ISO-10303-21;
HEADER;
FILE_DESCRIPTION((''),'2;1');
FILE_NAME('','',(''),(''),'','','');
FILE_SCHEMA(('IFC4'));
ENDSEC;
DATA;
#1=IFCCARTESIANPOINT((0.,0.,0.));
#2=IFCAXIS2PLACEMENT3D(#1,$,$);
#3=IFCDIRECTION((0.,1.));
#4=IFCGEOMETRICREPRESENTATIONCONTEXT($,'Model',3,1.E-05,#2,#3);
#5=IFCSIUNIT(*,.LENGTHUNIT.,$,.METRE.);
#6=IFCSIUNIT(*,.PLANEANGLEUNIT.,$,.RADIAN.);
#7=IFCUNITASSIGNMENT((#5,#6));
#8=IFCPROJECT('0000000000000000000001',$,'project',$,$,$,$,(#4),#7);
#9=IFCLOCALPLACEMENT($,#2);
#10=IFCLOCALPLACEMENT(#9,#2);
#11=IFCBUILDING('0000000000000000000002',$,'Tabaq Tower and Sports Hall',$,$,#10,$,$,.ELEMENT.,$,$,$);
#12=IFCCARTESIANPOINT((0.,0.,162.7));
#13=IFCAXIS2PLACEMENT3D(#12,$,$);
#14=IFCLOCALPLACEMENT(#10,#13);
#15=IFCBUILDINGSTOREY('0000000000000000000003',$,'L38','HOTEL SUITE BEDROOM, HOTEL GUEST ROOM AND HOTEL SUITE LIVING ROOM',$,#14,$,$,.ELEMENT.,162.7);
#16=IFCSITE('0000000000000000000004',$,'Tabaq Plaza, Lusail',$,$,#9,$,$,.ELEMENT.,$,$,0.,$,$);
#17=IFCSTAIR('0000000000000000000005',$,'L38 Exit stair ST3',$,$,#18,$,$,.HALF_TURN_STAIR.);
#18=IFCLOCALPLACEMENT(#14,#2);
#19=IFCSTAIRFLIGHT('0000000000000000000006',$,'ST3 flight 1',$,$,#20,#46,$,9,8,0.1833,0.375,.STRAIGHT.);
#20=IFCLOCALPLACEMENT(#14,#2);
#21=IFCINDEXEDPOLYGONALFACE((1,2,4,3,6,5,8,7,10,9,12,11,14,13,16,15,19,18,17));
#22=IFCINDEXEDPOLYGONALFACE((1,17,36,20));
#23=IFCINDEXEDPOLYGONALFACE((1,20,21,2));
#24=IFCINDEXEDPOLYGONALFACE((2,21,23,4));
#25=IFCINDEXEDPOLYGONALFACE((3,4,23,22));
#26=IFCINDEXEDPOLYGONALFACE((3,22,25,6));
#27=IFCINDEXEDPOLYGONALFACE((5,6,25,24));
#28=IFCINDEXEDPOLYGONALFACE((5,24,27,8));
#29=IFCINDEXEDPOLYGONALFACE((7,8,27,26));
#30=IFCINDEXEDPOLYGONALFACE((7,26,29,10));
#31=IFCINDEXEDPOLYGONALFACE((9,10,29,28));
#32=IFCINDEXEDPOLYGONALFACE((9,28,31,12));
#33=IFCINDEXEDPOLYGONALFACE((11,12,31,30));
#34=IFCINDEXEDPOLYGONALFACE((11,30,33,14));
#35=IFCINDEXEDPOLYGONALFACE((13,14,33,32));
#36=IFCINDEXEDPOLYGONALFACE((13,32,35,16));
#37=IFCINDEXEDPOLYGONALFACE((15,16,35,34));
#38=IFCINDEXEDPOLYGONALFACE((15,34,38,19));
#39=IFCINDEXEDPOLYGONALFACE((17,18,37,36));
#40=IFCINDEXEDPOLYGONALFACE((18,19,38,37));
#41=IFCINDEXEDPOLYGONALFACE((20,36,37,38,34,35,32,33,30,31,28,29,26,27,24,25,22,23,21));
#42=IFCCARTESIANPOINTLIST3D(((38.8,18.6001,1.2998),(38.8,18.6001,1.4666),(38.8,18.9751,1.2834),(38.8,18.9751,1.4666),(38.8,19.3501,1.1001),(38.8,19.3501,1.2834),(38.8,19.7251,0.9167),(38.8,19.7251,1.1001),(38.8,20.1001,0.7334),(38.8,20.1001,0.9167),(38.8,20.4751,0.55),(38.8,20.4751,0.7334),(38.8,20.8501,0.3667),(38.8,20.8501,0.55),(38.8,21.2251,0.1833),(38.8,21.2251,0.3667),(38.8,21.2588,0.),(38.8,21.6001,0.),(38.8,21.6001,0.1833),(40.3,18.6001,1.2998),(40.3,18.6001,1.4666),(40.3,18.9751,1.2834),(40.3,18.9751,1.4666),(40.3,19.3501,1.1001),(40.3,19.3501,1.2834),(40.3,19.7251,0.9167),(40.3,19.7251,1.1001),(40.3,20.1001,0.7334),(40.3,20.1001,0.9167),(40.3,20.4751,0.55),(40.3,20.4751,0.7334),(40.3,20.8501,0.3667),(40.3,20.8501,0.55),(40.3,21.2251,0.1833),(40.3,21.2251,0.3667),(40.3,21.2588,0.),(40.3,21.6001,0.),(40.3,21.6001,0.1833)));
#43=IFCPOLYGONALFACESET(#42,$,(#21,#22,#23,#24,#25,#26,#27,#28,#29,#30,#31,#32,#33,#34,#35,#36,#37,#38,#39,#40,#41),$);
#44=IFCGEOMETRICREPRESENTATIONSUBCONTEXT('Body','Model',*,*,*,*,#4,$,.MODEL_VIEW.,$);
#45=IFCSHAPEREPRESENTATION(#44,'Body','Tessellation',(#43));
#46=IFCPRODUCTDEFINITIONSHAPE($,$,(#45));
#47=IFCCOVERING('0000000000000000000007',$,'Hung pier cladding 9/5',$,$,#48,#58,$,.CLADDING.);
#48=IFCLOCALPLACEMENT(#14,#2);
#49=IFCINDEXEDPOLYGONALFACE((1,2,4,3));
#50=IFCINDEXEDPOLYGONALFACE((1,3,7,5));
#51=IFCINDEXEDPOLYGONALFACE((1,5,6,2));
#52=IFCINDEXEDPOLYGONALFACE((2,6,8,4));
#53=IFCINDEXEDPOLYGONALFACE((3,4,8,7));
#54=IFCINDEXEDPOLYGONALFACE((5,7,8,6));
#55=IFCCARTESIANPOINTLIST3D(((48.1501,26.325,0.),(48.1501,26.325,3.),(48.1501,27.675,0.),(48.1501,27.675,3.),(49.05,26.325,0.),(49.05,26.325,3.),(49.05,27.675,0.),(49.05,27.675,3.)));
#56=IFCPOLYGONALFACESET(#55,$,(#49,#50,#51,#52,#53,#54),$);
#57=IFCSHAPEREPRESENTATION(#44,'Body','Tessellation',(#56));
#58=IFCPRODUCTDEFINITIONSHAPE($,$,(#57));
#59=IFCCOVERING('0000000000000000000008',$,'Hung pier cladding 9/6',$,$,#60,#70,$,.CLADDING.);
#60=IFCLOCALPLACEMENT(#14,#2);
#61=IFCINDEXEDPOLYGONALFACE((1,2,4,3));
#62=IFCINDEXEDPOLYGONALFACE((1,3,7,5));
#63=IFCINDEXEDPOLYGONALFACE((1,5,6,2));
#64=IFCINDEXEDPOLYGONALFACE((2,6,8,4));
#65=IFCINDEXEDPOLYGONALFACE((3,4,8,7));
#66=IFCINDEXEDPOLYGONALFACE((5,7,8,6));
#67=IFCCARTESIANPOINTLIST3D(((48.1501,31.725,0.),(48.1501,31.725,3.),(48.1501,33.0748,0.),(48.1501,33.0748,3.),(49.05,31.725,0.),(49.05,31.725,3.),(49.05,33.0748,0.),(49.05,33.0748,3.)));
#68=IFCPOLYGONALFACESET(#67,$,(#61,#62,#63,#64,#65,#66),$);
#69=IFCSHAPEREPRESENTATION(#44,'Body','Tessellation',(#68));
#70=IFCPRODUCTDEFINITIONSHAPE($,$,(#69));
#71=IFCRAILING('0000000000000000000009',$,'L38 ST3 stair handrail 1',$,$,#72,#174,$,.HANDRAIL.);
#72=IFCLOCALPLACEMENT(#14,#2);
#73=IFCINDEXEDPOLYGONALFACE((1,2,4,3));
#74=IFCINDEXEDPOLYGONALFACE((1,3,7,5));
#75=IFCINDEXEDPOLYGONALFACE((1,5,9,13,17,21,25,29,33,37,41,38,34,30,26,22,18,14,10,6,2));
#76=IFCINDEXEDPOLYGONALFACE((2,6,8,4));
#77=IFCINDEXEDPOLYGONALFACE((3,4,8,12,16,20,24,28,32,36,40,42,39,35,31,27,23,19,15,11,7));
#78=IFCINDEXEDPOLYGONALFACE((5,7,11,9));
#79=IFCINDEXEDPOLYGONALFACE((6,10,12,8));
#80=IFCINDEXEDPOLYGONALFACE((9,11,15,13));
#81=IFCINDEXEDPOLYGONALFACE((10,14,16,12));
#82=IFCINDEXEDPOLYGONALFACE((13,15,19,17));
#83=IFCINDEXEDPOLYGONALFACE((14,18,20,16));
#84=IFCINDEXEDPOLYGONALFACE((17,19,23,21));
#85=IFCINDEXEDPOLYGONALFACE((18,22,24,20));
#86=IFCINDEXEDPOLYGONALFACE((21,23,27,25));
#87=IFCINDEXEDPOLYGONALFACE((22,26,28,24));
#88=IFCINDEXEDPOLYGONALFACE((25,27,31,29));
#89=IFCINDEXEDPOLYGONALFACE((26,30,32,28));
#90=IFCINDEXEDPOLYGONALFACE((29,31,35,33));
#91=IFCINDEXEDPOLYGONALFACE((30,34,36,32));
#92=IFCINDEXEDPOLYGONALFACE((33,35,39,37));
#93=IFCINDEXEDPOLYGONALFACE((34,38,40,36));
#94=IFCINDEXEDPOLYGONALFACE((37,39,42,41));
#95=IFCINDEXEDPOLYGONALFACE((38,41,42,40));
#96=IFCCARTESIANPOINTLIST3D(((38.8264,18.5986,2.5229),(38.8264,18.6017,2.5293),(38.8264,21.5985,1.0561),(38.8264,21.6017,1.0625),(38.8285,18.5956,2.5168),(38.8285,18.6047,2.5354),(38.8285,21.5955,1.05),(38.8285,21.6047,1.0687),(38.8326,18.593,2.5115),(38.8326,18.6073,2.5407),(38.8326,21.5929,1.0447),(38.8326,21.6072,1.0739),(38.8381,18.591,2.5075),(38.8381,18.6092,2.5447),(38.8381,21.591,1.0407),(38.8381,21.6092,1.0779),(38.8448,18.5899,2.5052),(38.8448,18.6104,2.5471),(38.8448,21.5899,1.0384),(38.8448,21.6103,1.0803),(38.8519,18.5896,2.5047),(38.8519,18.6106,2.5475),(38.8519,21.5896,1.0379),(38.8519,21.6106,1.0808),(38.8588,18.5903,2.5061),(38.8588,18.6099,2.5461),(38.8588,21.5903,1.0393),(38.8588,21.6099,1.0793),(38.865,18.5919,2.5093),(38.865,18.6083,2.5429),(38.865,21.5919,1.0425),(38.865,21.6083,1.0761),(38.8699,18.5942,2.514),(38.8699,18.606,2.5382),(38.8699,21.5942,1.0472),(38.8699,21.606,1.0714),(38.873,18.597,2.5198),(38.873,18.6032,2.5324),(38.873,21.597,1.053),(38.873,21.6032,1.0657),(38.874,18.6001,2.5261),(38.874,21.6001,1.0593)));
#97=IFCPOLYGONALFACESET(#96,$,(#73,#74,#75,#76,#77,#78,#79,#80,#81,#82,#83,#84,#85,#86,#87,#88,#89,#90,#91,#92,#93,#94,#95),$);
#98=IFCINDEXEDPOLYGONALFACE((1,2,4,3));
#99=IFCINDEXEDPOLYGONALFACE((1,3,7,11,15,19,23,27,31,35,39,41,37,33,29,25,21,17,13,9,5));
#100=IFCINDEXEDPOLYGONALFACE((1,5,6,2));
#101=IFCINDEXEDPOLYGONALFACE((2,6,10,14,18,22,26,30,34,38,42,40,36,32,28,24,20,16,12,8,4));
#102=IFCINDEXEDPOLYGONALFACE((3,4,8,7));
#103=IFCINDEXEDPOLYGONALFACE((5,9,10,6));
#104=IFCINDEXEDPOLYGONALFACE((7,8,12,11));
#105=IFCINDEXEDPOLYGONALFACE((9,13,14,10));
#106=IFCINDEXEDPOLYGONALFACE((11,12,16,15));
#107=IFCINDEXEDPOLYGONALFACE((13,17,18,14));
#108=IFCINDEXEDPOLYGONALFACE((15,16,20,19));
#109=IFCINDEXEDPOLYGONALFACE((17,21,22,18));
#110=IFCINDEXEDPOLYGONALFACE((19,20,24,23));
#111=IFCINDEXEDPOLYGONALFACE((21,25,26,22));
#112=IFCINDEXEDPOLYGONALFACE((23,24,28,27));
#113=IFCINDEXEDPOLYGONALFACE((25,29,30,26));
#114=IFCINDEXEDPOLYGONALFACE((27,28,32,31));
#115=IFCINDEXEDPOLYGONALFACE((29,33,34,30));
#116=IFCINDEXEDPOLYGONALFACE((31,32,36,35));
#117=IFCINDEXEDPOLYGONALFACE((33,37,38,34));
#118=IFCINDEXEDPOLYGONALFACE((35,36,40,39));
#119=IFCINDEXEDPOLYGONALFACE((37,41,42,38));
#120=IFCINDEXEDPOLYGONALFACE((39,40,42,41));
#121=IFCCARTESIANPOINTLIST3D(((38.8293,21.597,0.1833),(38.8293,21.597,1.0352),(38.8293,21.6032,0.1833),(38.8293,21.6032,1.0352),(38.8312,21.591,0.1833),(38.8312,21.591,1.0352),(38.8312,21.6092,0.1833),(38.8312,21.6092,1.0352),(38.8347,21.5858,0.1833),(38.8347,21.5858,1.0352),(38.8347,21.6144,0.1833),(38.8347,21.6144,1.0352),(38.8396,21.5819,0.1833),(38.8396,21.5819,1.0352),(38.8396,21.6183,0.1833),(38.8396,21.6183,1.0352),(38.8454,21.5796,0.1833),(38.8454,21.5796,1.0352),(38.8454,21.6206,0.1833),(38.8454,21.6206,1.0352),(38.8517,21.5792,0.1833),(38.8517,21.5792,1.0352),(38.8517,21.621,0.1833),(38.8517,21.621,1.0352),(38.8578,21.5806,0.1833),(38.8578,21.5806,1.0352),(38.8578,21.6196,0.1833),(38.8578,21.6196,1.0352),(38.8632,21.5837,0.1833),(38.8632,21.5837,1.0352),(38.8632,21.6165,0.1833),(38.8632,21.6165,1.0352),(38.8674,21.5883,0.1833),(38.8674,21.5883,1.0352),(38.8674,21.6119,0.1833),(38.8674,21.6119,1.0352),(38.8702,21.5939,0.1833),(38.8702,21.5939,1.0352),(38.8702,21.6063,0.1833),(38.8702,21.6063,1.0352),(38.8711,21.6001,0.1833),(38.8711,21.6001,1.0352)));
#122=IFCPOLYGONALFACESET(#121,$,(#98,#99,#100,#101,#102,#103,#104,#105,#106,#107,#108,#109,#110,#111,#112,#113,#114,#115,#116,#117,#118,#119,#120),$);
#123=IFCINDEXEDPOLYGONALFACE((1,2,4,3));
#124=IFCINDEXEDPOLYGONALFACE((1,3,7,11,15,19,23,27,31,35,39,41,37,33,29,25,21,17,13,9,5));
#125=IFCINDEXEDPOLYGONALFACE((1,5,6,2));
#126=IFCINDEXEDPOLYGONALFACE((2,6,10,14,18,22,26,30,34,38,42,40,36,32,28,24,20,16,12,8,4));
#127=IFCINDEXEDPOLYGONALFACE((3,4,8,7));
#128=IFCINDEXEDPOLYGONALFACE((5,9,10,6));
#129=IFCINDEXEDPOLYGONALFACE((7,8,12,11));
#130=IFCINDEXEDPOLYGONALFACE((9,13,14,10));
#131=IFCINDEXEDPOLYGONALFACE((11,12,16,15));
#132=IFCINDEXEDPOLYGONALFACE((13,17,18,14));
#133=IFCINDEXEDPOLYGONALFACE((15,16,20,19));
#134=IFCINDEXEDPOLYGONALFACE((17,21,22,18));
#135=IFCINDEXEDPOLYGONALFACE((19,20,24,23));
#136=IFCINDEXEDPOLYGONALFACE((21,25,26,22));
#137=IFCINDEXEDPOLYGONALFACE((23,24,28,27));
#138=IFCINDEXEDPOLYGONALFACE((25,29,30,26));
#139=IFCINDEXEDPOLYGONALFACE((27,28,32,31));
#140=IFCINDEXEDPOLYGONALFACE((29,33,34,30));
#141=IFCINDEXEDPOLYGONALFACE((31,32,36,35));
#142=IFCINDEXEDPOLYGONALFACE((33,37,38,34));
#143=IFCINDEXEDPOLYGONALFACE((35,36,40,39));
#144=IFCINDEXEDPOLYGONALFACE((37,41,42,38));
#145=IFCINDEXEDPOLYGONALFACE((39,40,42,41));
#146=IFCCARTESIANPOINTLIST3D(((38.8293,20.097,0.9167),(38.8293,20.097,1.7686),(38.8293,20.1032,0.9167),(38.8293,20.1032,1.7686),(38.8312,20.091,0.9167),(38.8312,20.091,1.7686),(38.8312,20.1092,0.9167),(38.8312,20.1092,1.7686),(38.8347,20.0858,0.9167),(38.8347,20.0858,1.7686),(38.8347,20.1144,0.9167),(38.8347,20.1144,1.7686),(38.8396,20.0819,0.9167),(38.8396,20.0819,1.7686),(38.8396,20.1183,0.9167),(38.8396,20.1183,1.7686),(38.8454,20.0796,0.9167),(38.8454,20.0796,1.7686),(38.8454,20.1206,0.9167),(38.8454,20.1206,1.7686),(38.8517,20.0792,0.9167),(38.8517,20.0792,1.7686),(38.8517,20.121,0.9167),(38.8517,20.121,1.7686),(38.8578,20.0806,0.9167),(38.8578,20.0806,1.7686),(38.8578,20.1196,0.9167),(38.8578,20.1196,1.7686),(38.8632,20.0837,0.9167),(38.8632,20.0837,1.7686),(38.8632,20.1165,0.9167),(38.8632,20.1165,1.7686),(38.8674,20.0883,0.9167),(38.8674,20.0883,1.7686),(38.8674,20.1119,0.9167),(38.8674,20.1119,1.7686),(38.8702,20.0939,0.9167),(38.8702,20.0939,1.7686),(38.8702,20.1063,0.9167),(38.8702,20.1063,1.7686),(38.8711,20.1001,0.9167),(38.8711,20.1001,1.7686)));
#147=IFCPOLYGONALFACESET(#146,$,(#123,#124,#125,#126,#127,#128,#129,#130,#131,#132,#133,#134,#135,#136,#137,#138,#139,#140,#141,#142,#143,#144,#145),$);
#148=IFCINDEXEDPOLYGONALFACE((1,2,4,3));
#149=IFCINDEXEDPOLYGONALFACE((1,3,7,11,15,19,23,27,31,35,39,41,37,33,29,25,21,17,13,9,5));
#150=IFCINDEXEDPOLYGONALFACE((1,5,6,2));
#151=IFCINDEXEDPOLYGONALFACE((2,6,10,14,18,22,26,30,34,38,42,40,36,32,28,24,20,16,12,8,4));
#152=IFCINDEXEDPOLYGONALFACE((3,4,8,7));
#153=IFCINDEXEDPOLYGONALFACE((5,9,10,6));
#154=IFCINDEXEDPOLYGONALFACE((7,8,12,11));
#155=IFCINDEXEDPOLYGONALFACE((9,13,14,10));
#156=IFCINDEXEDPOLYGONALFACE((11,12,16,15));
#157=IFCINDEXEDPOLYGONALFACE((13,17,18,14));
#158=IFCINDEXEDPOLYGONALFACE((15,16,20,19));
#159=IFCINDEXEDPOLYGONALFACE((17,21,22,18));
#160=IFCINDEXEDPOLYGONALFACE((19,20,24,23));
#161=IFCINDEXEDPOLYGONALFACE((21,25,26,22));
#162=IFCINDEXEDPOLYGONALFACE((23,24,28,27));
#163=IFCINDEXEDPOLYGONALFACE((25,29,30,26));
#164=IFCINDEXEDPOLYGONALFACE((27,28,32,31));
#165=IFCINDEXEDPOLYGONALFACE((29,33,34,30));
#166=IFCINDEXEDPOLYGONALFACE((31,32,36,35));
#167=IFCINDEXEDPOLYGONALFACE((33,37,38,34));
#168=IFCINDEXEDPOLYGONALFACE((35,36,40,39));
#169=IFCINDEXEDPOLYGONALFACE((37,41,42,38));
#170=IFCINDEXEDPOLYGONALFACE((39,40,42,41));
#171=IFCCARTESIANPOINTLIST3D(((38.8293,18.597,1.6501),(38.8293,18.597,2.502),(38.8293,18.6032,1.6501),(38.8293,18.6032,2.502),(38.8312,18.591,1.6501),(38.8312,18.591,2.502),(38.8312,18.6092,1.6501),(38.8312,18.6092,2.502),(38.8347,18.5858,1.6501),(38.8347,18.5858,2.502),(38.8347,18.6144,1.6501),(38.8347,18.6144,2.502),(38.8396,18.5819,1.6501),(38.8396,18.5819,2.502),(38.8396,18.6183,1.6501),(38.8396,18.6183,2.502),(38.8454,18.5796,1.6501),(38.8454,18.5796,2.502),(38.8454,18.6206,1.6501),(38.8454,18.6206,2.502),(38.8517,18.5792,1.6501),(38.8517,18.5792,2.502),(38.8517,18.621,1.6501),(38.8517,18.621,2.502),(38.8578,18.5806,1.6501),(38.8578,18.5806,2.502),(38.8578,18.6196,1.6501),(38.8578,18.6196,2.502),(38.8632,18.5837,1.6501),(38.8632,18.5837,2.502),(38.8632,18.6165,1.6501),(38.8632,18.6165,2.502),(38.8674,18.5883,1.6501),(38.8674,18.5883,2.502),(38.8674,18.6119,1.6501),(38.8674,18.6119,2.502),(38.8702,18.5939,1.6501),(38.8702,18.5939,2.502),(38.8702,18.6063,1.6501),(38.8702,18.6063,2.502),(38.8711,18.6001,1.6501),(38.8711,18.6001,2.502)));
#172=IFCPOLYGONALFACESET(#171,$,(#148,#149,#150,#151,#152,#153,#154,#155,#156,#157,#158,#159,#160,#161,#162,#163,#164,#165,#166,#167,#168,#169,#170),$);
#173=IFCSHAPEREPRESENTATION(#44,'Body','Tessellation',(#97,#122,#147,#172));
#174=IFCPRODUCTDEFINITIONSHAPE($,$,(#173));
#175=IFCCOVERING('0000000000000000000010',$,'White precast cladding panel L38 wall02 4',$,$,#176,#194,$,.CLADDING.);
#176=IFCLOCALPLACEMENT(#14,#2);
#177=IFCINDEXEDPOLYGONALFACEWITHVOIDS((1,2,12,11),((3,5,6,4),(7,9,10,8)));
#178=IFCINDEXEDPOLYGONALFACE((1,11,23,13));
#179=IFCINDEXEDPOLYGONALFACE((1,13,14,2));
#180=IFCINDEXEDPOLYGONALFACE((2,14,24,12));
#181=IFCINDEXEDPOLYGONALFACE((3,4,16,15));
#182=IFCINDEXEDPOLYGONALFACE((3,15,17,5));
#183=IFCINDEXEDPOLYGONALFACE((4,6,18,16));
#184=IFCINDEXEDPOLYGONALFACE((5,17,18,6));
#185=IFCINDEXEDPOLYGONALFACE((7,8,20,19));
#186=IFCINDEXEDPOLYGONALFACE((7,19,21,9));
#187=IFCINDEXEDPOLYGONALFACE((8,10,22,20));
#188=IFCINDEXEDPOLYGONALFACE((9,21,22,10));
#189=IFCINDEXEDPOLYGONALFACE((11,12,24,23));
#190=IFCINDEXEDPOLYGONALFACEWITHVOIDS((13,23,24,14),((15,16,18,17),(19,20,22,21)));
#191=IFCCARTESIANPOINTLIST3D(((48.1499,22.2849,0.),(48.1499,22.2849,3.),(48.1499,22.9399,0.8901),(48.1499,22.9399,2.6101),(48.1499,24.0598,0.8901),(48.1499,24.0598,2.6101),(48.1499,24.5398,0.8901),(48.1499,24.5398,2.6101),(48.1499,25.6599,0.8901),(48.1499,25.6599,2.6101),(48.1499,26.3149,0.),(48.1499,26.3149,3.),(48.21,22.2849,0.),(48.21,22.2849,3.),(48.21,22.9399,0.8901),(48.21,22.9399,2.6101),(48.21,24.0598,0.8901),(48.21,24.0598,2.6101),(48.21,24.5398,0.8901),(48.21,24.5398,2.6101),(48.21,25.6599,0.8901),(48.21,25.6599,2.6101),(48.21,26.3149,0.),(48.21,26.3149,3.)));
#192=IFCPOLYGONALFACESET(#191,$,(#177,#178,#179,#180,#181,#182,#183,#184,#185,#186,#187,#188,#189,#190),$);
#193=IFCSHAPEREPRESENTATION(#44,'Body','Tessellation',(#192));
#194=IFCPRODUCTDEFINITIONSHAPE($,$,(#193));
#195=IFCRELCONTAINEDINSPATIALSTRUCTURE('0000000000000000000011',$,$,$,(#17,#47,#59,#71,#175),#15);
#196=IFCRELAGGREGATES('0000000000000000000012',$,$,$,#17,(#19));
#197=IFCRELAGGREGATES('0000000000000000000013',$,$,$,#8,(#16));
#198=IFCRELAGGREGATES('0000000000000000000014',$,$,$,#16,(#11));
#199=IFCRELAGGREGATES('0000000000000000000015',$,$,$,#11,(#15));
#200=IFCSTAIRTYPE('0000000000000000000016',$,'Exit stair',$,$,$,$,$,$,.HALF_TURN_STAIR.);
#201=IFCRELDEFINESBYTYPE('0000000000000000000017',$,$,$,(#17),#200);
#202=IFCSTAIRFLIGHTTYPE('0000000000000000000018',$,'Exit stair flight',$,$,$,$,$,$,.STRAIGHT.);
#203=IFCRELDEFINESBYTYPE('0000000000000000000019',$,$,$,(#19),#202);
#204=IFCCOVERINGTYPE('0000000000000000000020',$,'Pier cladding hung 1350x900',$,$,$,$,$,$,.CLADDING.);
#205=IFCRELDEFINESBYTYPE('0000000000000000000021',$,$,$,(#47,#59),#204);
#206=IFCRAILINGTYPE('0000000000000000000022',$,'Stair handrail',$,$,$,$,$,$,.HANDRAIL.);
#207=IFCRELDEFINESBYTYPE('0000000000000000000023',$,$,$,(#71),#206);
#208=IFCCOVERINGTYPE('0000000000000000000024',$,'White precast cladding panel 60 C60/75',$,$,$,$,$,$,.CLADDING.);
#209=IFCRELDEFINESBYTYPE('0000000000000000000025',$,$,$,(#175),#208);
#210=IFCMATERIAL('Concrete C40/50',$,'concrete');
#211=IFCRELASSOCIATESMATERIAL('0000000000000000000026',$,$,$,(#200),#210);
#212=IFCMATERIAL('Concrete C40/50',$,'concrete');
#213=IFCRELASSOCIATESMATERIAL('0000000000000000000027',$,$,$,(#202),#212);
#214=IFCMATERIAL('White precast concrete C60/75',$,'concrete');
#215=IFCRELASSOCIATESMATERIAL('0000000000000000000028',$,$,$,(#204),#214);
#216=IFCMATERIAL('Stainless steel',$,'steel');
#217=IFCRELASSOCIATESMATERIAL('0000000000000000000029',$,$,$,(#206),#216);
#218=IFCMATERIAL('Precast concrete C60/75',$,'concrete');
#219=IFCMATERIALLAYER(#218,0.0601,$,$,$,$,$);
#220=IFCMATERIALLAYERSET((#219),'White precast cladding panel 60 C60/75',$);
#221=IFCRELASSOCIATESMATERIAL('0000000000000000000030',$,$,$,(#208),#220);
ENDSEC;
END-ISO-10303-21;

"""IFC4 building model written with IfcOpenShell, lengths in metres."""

from ifc_helpers import new_model, si_unit, direction, frame, frame_2d, origin, origin_2d, place, context, subcontext, project, spatial, polyline, rectangle, circle, outline, extrude, material, layer, layer_set, type_object, element, aggregate, save


model = new_model("IFC4")

# Units and contexts
model_context = context("Model", 3, precision=1e-05, world=origin(), true_north=direction((0.0, 1.0)))
body_context = subcontext(model_context, "Body", "Model", "MODEL_VIEW")
ifc_project = project(units=[si_unit("LENGTHUNIT", "METRE"), si_unit("PLANEANGLEUNIT", "RADIAN")], contexts=[model_context])

# Site, building, storey
site_placement = place(None, origin())
site = spatial("IfcSite", under=ifc_project, at=site_placement, Name="Tabaq Plaza, Lusail", CompositionType="ELEMENT", RefElevation=0.0)
building_placement = place(site_placement, origin())
building = spatial("IfcBuilding", under=site, at=building_placement, Name="Tabaq Tower and Sports Hall", CompositionType="ELEMENT")
storey_placement = place(building_placement, frame((0.0, 0.0, 162.7)))
storey = spatial("IfcBuildingStorey", under=building, at=storey_placement, Name="L38", Description="HOTEL SUITE BEDROOM, HOTEL GUEST ROOM AND HOTEL SUITE LIVING ROOM", CompositionType="ELEMENT", Elevation=162.7)

# Stair, stair flight
ifc_material_1 = material(Name="Concrete C40/50", Category="concrete")
stair_type = type_object("IfcStairType", Name="Exit stair", PredefinedType="HALF_TURN_STAIR", material=ifc_material_1)
stair_placement = place(storey_placement, origin())
stair = element("IfcStair", 1, at=stair_placement, inside=storey, type_object=stair_type, Name="L38 Exit stair ST3", PredefinedType="HALF_TURN_STAIR")
ifc_material_2 = material(Name="Concrete C40/50", Category="concrete")
stair_flight_type = type_object("IfcStairFlightType", Name="Exit stair flight", PredefinedType="STRAIGHT", material=ifc_material_2)
stair_flight_placement = place(storey_placement, frame((39.55, 21.6001, 0.0), z_axis=(0.0, 0.0, 1.0), x_axis=(0.0, -1.0, 0.0)))
stair_flight = element("IfcStairFlight", 2, at=stair_flight_placement, type_object=stair_flight_type, Name="ST3 flight 1", NumberOfRisers=9, NumberOfTreads=8, PredefinedType="STRAIGHT", RiserHeight=0.1833, TreadLength=0.375, context=body_context, shape_type="SweptSolid", body=[
    extrude(outline(polyline([(0.0, 0.0), (0.0, 0.1833), (0.375, 0.1833), (0.375, 0.3667), (0.75, 0.3667), (0.75, 0.55), (1.125, 0.55), (1.125, 0.7334), (1.5, 0.7334), (1.5, 0.9167), (1.875, 0.9167), (1.875, 1.1001), (2.25, 1.1001), (2.25, 1.2834), (2.625, 1.2834), (2.625, 1.4666), (3.0, 1.4666), (3.0, 1.6499), (3.0, 1.2998), (0.3413, 0.0), (0.0, 0.0)])), frame((0.0, 0.75, 0.0), z_axis=(0.0, -1.0, 0.0), x_axis=(1.0, 0.0, 0.0)), (0.0, 0.0, 1.0), 1.5),
])
aggregate(stair, [stair_flight])

# Coverings
ifc_material_3 = material(Name="White precast concrete C60/75", Category="concrete")
covering_type_1 = type_object("IfcCoveringType", Name="Pier cladding hung 1350x900", PredefinedType="CLADDING", material=ifc_material_3)
covering_1_placement = place(storey_placement, frame((48.6001, 26.325, 0.0), z_axis=(0.0, 0.0, 1.0), x_axis=(0.0, 1.0, 0.0)))
element("IfcCovering", 3, at=covering_1_placement, inside=storey, type_object=covering_type_1, Name="Hung pier cladding 9/5", PredefinedType="CLADDING", context=body_context, shape_type="SweptSolid", body=[
    extrude(rectangle(XDim=1.3501, YDim=0.8999, at=frame_2d((0.675, 0.0))), origin(), (0.0, 0.0, 1.0), 3.0),
])
covering_2_placement = place(storey_placement, frame((48.6001, 31.7251, 0.0), z_axis=(0.0, 0.0, 1.0), x_axis=(0.0, 1.0, 0.0)))
element("IfcCovering", 4, at=covering_2_placement, inside=storey, type_object=covering_type_1, Name="Hung pier cladding 9/6", PredefinedType="CLADDING", context=body_context, shape_type="SweptSolid", body=[
    extrude(rectangle(XDim=1.3499, YDim=0.8999, at=frame_2d((0.6748, 0.0))), origin(), (0.0, 0.0, 1.0), 3.0),
])

# Railing
ifc_material_4 = material(Name="Stainless steel", Category="steel")
railing_type_1 = type_object("IfcRailingType", Name="Stair handrail", PredefinedType="HANDRAIL", material=ifc_material_4)
railing_1_placement = place(storey_placement, frame((38.8501, 21.6001, 0.1833)))
element("IfcRailing", 5, at=railing_1_placement, inside=storey, type_object=railing_type_1, Name="L38 ST3 stair handrail 1", PredefinedType="HANDRAIL", context=body_context, shape_type="SweptSolid", body=[
    extrude(circle(Radius=0.0239, at=origin_2d()), frame((0.0, 0.0, 0.876), z_axis=(0.0, -0.898369, 0.439242), x_axis=(1.0, 0.0, 0.0)), (0.0, 0.0, 1.0), 3.3394),
    extrude(circle(Radius=0.021, at=origin_2d()), origin(), (0.0, 0.0, 1.0), 0.8518),
    extrude(circle(Radius=0.021, at=origin_2d()), frame((0.0, -1.5, 0.7334)), (0.0, 0.0, 1.0), 0.8518),
    extrude(circle(Radius=0.021, at=origin_2d()), frame((0.0, -3.0, 1.4668)), (0.0, 0.0, 1.0), 0.8518),
])

# Covering
ifc_material_5 = material(Name="Precast concrete C60/75", Category="concrete")
ifc_layer_1 = layer(ifc_material_5, 0.0601)
ifc_layer_set_1 = layer_set([ifc_layer_1], Name="White precast cladding panel 60 C60/75")
covering_type_2 = type_object("IfcCoveringType", Name="White precast cladding panel 60 C60/75", PredefinedType="CLADDING", material=ifc_layer_set_1)
for number, where, z_axis, x_axis, name in (
    (6, (48.1799, 22.2849, 0.0), (0.0, 0.0, 1.0), (0.0, 1.0, 0.0), "White precast cladding panel L38 wall02 4"),
):
    element("IfcCovering", number, at=place(storey_placement, frame(where, z_axis=z_axis, x_axis=x_axis)), inside=storey, type_object=covering_type_2, Name=name, PredefinedType="CLADDING", context=body_context, shape_type="SweptSolid", body=[
        extrude(outline(polyline([(0.0, 0.0), (4.03, 0.0), (4.03, 3.0), (0.0, 3.0), (0.0, 0.0)]), holes=[polyline([(0.655, 2.6101), (1.7749, 2.6101), (1.7749, 0.8901), (0.655, 0.8901), (0.655, 2.6101)]), polyline([(2.2549, 2.6101), (3.375, 2.6101), (3.375, 0.8901), (2.2549, 0.8901), (2.2549, 2.6101)])]), frame((0.0, 0.03, 0.0), z_axis=(0.0, -1.0, 0.0), x_axis=(1.0, 0.0, 0.0)), (0.0, 0.0, 1.0), 0.0601),
    ])

save(model, "model.ifc")
